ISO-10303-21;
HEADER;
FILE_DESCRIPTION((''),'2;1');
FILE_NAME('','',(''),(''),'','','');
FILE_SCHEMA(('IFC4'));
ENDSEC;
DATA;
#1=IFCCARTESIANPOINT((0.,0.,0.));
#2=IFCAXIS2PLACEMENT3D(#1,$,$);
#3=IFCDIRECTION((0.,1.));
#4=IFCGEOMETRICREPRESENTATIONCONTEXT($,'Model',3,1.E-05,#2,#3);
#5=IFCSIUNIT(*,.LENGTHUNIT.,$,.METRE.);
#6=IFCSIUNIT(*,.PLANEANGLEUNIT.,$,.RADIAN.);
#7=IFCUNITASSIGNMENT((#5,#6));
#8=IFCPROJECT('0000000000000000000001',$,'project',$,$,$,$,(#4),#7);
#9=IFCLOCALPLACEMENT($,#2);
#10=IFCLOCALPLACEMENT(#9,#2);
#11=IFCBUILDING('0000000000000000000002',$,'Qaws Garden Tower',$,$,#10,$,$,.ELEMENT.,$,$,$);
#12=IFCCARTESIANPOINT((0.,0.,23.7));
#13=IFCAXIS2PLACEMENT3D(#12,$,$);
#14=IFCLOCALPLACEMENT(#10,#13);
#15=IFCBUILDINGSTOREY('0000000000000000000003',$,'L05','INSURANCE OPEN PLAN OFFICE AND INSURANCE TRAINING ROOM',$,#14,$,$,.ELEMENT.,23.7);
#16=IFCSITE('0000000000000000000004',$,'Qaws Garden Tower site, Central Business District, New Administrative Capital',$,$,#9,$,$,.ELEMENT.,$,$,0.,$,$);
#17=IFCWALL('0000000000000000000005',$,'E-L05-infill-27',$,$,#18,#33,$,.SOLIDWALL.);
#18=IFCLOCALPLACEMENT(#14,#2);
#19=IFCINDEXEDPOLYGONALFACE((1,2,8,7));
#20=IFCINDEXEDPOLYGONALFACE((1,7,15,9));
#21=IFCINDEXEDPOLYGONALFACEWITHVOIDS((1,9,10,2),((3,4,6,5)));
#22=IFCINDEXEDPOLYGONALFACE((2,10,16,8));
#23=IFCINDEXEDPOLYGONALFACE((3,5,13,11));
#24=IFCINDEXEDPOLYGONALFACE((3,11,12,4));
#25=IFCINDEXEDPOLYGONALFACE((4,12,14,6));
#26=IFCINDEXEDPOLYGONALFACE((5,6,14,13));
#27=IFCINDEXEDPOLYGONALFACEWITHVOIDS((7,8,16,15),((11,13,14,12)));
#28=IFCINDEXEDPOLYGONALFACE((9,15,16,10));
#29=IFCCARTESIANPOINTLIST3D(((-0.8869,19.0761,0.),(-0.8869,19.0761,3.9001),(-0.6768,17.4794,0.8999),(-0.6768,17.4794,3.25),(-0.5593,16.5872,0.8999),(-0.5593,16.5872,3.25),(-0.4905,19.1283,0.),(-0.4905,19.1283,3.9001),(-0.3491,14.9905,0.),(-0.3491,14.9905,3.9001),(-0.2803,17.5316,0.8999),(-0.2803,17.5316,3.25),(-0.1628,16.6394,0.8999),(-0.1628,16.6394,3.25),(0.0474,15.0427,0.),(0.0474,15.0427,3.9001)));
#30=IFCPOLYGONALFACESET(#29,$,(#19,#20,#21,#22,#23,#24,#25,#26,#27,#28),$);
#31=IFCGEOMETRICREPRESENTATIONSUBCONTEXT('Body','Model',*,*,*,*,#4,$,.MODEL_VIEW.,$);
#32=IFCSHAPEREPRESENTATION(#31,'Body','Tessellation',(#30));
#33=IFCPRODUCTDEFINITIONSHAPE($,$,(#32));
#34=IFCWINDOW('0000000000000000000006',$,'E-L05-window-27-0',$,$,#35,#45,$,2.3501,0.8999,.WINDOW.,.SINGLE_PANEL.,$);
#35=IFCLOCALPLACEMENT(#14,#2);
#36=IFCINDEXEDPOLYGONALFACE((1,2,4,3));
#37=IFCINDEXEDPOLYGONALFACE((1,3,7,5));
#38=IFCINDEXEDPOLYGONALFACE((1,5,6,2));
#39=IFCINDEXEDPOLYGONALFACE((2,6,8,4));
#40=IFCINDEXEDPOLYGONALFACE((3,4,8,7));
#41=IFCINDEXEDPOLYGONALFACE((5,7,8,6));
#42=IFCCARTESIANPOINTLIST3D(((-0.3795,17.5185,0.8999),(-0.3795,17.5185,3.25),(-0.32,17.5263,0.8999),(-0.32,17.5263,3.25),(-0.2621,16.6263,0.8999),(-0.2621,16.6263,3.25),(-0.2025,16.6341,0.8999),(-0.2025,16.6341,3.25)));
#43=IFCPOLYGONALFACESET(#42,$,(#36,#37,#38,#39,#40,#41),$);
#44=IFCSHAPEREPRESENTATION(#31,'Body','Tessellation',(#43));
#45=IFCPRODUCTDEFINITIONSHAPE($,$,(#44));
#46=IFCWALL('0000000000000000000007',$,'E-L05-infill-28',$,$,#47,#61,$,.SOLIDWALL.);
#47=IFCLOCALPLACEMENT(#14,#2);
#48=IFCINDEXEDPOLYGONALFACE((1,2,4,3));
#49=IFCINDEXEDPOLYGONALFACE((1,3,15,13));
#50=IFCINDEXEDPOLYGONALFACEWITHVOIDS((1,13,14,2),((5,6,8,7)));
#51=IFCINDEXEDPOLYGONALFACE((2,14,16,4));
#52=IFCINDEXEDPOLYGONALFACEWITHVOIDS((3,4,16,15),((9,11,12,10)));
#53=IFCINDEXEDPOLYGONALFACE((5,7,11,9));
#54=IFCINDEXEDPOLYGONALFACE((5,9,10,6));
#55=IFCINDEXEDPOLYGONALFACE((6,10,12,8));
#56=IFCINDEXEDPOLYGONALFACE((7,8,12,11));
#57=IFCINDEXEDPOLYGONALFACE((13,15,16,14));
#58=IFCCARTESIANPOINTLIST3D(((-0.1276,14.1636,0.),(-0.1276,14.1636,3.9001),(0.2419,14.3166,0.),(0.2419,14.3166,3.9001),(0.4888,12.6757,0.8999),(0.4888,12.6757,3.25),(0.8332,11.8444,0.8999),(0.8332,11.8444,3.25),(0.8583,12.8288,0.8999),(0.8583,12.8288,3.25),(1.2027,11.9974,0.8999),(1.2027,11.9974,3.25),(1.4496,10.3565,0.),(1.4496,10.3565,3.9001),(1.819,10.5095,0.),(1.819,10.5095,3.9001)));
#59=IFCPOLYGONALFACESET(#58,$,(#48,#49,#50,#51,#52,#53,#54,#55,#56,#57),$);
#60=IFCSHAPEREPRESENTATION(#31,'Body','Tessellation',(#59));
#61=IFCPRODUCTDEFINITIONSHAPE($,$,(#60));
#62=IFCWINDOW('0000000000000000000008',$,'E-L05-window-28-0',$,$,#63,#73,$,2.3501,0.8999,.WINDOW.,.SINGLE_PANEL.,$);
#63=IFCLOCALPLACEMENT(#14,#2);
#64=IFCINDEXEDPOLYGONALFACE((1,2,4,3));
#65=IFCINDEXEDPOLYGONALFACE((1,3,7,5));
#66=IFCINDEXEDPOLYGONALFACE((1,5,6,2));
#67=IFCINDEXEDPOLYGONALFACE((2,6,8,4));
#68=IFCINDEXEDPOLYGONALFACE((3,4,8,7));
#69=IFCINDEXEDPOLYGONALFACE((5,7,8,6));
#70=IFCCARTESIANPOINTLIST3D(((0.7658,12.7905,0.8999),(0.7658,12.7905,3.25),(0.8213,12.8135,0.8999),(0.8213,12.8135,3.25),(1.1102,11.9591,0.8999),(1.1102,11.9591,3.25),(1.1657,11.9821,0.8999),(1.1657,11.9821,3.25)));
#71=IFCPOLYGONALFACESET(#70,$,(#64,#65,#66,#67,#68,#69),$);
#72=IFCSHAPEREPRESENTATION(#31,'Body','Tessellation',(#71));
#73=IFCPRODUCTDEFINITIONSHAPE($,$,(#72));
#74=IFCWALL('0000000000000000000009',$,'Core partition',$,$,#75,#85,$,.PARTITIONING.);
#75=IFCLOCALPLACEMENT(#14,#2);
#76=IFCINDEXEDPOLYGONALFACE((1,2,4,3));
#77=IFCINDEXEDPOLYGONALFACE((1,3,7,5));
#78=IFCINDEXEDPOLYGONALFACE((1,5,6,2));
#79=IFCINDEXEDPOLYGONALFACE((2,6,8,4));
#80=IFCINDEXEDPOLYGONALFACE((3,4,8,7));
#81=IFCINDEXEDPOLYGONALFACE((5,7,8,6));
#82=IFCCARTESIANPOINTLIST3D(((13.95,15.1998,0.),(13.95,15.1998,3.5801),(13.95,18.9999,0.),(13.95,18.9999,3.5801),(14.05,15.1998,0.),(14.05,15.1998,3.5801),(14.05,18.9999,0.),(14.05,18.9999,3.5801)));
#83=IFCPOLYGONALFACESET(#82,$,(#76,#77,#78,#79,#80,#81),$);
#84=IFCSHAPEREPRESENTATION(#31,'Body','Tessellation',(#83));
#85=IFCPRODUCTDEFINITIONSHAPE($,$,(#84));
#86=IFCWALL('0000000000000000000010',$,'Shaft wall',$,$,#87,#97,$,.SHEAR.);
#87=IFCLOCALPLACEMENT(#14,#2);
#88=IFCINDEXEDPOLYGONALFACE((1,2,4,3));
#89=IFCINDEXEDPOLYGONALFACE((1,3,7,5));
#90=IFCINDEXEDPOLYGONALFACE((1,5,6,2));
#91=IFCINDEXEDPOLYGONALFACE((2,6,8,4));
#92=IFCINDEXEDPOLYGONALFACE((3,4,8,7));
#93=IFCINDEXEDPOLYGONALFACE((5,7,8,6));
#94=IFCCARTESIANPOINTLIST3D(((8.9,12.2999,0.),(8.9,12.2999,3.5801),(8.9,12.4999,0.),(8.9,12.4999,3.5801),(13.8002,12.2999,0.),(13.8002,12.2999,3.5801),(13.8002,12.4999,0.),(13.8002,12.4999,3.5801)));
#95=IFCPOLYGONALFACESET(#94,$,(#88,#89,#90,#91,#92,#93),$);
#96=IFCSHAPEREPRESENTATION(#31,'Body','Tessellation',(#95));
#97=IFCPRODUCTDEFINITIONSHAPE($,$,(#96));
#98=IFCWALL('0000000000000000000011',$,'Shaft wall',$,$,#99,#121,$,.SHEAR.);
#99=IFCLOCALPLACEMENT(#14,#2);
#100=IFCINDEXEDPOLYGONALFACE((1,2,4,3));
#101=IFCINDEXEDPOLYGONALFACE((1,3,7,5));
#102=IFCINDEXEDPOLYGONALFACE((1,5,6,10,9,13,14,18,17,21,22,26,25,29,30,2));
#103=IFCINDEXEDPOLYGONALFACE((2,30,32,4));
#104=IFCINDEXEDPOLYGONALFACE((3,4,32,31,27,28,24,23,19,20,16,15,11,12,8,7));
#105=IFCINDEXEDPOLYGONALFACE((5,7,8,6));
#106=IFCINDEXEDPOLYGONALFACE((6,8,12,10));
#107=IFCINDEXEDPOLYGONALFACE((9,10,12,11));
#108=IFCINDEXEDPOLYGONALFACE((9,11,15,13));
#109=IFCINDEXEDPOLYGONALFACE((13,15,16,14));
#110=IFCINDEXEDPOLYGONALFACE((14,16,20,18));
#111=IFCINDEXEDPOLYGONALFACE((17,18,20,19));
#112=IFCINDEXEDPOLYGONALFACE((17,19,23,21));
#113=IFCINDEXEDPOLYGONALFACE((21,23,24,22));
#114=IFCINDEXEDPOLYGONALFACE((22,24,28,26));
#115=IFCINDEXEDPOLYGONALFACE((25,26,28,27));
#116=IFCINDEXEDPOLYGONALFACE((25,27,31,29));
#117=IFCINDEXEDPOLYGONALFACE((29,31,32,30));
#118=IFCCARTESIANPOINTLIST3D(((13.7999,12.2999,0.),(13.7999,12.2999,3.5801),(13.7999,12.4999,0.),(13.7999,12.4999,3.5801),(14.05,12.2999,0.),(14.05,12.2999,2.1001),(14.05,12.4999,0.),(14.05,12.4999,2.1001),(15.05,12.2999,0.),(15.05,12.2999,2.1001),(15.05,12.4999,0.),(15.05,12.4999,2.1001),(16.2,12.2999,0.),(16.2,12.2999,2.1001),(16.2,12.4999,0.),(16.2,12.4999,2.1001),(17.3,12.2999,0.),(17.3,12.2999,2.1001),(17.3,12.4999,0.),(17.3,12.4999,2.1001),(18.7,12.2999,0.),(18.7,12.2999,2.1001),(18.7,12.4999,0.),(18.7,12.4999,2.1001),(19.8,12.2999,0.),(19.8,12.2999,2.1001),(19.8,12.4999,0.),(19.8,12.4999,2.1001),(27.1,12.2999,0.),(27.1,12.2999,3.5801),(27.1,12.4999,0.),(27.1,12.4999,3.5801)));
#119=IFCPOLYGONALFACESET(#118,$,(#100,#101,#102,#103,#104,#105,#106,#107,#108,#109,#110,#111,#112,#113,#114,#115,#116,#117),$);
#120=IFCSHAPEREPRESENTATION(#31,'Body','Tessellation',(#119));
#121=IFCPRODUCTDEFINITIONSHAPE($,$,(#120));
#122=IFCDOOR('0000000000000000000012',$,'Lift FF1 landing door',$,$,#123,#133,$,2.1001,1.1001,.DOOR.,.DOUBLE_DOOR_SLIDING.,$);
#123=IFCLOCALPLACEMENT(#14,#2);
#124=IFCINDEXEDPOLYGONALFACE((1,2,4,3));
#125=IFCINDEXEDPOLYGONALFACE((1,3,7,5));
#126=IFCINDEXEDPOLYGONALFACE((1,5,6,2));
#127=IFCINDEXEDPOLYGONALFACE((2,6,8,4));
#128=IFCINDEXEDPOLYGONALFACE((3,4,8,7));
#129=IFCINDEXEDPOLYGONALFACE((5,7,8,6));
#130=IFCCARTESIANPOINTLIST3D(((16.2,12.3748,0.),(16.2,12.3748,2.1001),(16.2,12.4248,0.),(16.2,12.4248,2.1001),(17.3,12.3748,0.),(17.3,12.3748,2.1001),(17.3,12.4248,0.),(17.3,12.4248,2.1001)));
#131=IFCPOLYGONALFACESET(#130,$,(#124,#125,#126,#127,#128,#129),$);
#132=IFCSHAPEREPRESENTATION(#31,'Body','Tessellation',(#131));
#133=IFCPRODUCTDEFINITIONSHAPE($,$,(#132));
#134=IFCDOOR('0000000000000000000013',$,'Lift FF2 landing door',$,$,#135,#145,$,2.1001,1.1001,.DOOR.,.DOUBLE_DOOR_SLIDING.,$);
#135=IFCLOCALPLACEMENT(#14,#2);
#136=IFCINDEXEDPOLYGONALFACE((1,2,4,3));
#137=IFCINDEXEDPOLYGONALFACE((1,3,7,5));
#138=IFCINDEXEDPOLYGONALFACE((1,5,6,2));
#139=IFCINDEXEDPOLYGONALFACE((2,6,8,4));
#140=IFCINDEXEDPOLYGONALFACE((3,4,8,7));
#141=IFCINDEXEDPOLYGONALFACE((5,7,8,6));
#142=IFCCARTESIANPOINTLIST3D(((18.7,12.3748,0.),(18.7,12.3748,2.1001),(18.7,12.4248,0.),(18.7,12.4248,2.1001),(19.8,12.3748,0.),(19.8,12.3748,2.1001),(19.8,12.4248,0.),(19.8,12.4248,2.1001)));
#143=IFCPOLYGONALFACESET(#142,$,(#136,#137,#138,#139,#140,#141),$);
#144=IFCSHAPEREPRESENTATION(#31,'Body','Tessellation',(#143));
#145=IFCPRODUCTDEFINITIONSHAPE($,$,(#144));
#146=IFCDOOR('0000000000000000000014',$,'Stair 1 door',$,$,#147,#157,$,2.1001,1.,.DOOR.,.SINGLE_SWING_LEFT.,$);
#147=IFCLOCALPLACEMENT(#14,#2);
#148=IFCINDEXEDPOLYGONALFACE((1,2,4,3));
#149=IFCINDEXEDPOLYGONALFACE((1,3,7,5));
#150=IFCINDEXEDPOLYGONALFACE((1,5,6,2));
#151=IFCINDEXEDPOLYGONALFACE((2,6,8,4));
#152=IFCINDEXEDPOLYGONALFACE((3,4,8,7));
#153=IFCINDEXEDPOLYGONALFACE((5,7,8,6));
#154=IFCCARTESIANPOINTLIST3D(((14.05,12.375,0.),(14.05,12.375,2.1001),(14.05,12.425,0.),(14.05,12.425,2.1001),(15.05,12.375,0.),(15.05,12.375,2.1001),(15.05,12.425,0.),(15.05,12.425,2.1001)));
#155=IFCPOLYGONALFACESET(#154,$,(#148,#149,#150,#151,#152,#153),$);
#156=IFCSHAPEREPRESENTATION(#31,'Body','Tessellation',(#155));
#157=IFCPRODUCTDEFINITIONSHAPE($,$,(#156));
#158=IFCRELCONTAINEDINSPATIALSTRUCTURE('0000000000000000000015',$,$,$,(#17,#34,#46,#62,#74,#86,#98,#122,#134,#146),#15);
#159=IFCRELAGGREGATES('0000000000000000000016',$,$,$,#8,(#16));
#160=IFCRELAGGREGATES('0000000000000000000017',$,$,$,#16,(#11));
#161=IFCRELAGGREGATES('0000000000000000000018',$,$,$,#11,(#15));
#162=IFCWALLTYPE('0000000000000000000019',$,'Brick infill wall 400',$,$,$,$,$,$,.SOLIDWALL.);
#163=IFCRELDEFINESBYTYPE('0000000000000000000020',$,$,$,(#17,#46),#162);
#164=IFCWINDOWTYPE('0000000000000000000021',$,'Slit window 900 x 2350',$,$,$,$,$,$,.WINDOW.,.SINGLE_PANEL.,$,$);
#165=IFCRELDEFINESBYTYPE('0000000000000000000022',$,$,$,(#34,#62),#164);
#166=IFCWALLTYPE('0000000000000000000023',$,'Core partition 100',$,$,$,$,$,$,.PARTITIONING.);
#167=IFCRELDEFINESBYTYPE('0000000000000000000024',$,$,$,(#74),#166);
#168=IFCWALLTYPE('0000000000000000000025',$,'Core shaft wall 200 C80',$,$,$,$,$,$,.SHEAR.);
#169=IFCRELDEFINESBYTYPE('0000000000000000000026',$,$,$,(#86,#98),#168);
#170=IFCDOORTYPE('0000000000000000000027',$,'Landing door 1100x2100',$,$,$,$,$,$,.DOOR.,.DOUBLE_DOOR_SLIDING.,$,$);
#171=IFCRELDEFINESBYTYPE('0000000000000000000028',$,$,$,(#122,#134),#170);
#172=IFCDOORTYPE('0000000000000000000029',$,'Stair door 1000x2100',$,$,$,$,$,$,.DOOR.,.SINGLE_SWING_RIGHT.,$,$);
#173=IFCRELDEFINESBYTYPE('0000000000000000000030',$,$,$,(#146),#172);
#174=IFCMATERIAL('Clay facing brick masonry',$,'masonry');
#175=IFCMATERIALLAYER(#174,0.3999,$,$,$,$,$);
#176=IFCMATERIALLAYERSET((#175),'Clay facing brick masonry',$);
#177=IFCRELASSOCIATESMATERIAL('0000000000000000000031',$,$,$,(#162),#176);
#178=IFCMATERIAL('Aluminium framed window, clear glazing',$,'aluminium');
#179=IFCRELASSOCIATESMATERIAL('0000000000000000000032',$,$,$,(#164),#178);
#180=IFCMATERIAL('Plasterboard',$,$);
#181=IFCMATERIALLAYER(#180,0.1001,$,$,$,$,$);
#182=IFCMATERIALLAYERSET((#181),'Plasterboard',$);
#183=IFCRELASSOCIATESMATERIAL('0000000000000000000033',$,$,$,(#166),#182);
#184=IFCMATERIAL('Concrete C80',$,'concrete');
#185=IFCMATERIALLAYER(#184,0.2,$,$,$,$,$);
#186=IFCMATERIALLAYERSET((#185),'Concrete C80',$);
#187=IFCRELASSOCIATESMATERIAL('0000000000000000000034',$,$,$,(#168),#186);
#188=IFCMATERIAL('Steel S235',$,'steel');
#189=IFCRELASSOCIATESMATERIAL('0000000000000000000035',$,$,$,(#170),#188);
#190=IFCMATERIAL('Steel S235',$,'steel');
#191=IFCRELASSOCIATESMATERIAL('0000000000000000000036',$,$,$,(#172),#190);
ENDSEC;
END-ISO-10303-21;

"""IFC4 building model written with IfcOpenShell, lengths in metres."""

from ifc_helpers import new_model, si_unit, direction, frame, frame_2d, origin, place, context, subcontext, project, spatial, rectangle, extrude, material, layer, layer_set, type_object, element, fill, save


model = new_model("IFC4")

# Units and contexts
model_context = context("Model", 3, precision=1e-05, world=origin(), true_north=direction((0.0, 1.0)))
body_context = subcontext(model_context, "Body", "Model", "MODEL_VIEW")
ifc_project = project(units=[si_unit("LENGTHUNIT", "METRE"), si_unit("PLANEANGLEUNIT", "RADIAN")], contexts=[model_context])

# Site, building, storey
site_placement = place(None, origin())
site = spatial("IfcSite", under=ifc_project, at=site_placement, Name="Qaws Garden Tower site, Central Business District, New Administrative Capital", CompositionType="ELEMENT", RefElevation=0.0)
building_placement = place(site_placement, origin())
building = spatial("IfcBuilding", under=site, at=building_placement, Name="Qaws Garden Tower", CompositionType="ELEMENT")
storey_placement = place(building_placement, frame((0.0, 0.0, 23.7)))
storey = spatial("IfcBuildingStorey", under=building, at=storey_placement, Name="L05", Description="INSURANCE OPEN PLAN OFFICE AND INSURANCE TRAINING ROOM", CompositionType="ELEMENT", Elevation=23.7)

# Walls, openings, windows
ifc_material_1 = material(Name="Clay facing brick masonry", Category="masonry")
ifc_layer_1 = layer(ifc_material_1, 0.3999)
ifc_layer_set_1 = layer_set([ifc_layer_1], Name="Clay facing brick masonry")
wall_type_1 = type_object("IfcWallType", Name="Brick infill wall 400", PredefinedType="SOLIDWALL", material=ifc_layer_set_1)
wall_1_placement = place(storey_placement, frame((-0.6887, 19.1023, 0.0), z_axis=(0.0, 0.0, 1.0), x_axis=(0.130514, -0.991446, 0.0)))
wall_1 = element("IfcWall", 1, at=wall_1_placement, inside=storey, type_object=wall_type_1, Name="E-L05-infill-27", PredefinedType="SOLIDWALL", context=body_context, shape_type="SweptSolid", body=[
    extrude(rectangle(XDim=4.1208, YDim=0.3999, at=frame_2d((2.0605, 0.0))), origin(), (0.0, 0.0, 1.0), 3.9001),
])
opening_1_placement = place(wall_1_placement, frame((1.6106, 0.0, 0.8999)))
opening_1 = element("IfcOpeningElement", 2, at=opening_1_placement, cuts=wall_1, PredefinedType="OPENING", context=body_context, shape_type="SweptSolid", body=[
    extrude(rectangle(XDim=0.8999, YDim=2.3501, at=frame_2d((0.45, 1.175))), frame((0.0, 0.21, 0.0), z_axis=(0.0, -1.0, 0.0), x_axis=(1.0, 0.0, 0.0)), (0.0, 0.0, 1.0), 0.4199),
])
ifc_material_2 = material(Name="Aluminium framed window, clear glazing", Category="aluminium")
window_type = type_object("IfcWindowType", Name="Slit window 900 x 2350", PartitioningType="SINGLE_PANEL", PredefinedType="WINDOW", material=ifc_material_2)
window_1_placement = place(opening_1_placement, origin())
window_1 = element("IfcWindow", 3, at=window_1_placement, inside=storey, type_object=window_type, Name="E-L05-window-27-0", OverallHeight=2.3501, OverallWidth=0.8999, PartitioningType="SINGLE_PANEL", PredefinedType="WINDOW", context=body_context, shape_type="SweptSolid", body=[
    extrude(rectangle(XDim=0.8999, YDim=2.3501, at=frame_2d((0.45, 1.175))), frame((0.0, 0.1599, 0.0), z_axis=(0.0, -1.0, 0.0), x_axis=(1.0, 0.0, 0.0)), (0.0, 0.0, 1.0), 0.0601),
])
fill(opening_1, window_1)
wall_2_placement = place(storey_placement, frame((0.0571, 14.2402, 0.0), z_axis=(0.0, 0.0, 1.0), x_axis=(0.382722, -0.923864, 0.0)))
wall_2 = element("IfcWall", 4, at=wall_2_placement, inside=storey, type_object=wall_type_1, Name="E-L05-infill-28", PredefinedType="SOLIDWALL", context=body_context, shape_type="SweptSolid", body=[
    extrude(rectangle(XDim=4.1208, YDim=0.3999, at=frame_2d((2.0605, 0.0))), origin(), (0.0, 0.0, 1.0), 3.9001),
])
opening_2_placement = place(wall_2_placement, frame((1.6106, 0.0, 0.8999)))
opening_2 = element("IfcOpeningElement", 5, at=opening_2_placement, cuts=wall_2, PredefinedType="OPENING", context=body_context, shape_type="SweptSolid", body=[
    extrude(rectangle(XDim=0.8999, YDim=2.3501, at=frame_2d((0.45, 1.175))), frame((0.0, 0.21, 0.0), z_axis=(0.0, -1.0, 0.0), x_axis=(1.0, 0.0, 0.0)), (0.0, 0.0, 1.0), 0.4199),
])
window_2_placement = place(opening_2_placement, origin())
window_2 = element("IfcWindow", 6, at=window_2_placement, inside=storey, type_object=window_type, Name="E-L05-window-28-0", OverallHeight=2.3501, OverallWidth=0.8999, PartitioningType="SINGLE_PANEL", PredefinedType="WINDOW", context=body_context, shape_type="SweptSolid", body=[
    extrude(rectangle(XDim=0.8999, YDim=2.3501, at=frame_2d((0.45, 1.175))), frame((0.0, 0.1599, 0.0), z_axis=(0.0, -1.0, 0.0), x_axis=(1.0, 0.0, 0.0)), (0.0, 0.0, 1.0), 0.0601),
])
fill(opening_2, window_2)

# Walls
ifc_material_3 = material(Name="Plasterboard")
ifc_layer_2 = layer(ifc_material_3, 0.1001)
ifc_layer_set_2 = layer_set([ifc_layer_2], Name="Plasterboard")
wall_type_2 = type_object("IfcWallType", Name="Core partition 100", PredefinedType="PARTITIONING", material=ifc_layer_set_2)
wall_3_placement = place(storey_placement, frame((14.0, 15.2, 0.0), z_axis=(0.0, 0.0, 1.0), x_axis=(0.0, 1.0, 0.0)))
element("IfcWall", 7, at=wall_3_placement, inside=storey, type_object=wall_type_2, Name="Core partition", PredefinedType="PARTITIONING", context=body_context, shape_type="SweptSolid", body=[
    extrude(rectangle(XDim=3.8, YDim=0.1001, at=frame_2d((1.8999, 0.0))), origin(), (0.0, 0.0, 1.0), 3.5801),
])
ifc_material_4 = material(Name="Concrete C80", Category="concrete")
ifc_layer_3 = layer(ifc_material_4, 0.2)
ifc_layer_set_3 = layer_set([ifc_layer_3], Name="Concrete C80")
wall_type_3 = type_object("IfcWallType", Name="Core shaft wall 200 C80", PredefinedType="SHEAR", material=ifc_layer_set_3)
wall_4_placement = place(storey_placement, frame((8.8999, 12.3999, 0.0), z_axis=(0.0, 0.0, 1.0), x_axis=(1.0, 0.0, 0.0)))
element("IfcWall", 8, at=wall_4_placement, inside=storey, type_object=wall_type_3, Name="Shaft wall", PredefinedType="SHEAR", context=body_context, shape_type="SweptSolid", body=[
    extrude(rectangle(XDim=4.9001, YDim=0.2, at=frame_2d((2.4502, 0.0))), origin(), (0.0, 0.0, 1.0), 3.5801),
])

# Wall, openings, doors
wall_5_placement = place(storey_placement, frame((13.8, 12.3999, 0.0), z_axis=(0.0, 0.0, 1.0), x_axis=(1.0, 0.0, 0.0)))
wall_5 = element("IfcWall", 9, at=wall_5_placement, inside=storey, type_object=wall_type_3, Name="Shaft wall", PredefinedType="SHEAR", context=body_context, shape_type="SweptSolid", body=[
    extrude(rectangle(XDim=13.3, YDim=0.2, at=frame_2d((6.6499, 0.0))), origin(), (0.0, 0.0, 1.0), 3.5801),
])
opening_3_placement = place(wall_5_placement, frame((2.3999, 0.0, 0.0)))
opening_3 = element("IfcOpeningElement", 10, at=opening_3_placement, cuts=wall_5, PredefinedType="OPENING", context=body_context, shape_type="SweptSolid", body=[
    extrude(rectangle(XDim=1.1001, YDim=2.1001, at=frame_2d((0.55, 1.05))), frame((0.0, 0.1099, 0.0), z_axis=(0.0, -1.0, 0.0), x_axis=(1.0, 0.0, 0.0)), (0.0, 0.0, 1.0), 0.22),
])
opening_4_placement = place(wall_5_placement, frame((4.8999, 0.0, 0.0)))
opening_4 = element("IfcOpeningElement", 11, at=opening_4_placement, cuts=wall_5, PredefinedType="OPENING", context=body_context, shape_type="SweptSolid", body=[
    extrude(rectangle(XDim=1.1001, YDim=2.1001, at=frame_2d((0.55, 1.05))), frame((0.0, 0.1099, 0.0), z_axis=(0.0, -1.0, 0.0), x_axis=(1.0, 0.0, 0.0)), (0.0, 0.0, 1.0), 0.22),
])
opening_5_placement = place(wall_5_placement, frame((0.25, 0.0, 0.0)))
opening_5 = element("IfcOpeningElement", 12, at=opening_5_placement, cuts=wall_5, PredefinedType="OPENING", context=body_context, shape_type="SweptSolid", body=[
    extrude(rectangle(XDim=1.0, YDim=2.1001, at=frame_2d((0.5, 1.05))), frame((0.0, 0.1099, 0.0), z_axis=(0.0, -1.0, 0.0), x_axis=(1.0, 0.0, 0.0)), (0.0, 0.0, 1.0), 0.22),
])
ifc_material_5 = material(Name="Steel S235", Category="steel")
door_type_1 = type_object("IfcDoorType", Name="Landing door 1100x2100", OperationType="DOUBLE_DOOR_SLIDING", PredefinedType="DOOR", material=ifc_material_5)
door_1_placement = place(opening_3_placement, origin())
door_1 = element("IfcDoor", 13, at=door_1_placement, inside=storey, type_object=door_type_1, Name="Lift FF1 landing door", OperationType="DOUBLE_DOOR_SLIDING", OverallHeight=2.1001, OverallWidth=1.1001, PredefinedType="DOOR", context=body_context, shape_type="SweptSolid", body=[
    extrude(rectangle(XDim=1.1001, YDim=2.1001, at=frame_2d((0.55, 1.05))), frame((0.0, 0.0249, 0.0), z_axis=(0.0, -1.0, 0.0), x_axis=(1.0, 0.0, 0.0)), (0.0, 0.0, 1.0), 0.05),
])
fill(opening_3, door_1)
door_2_placement = place(opening_4_placement, origin())
door_2 = element("IfcDoor", 14, at=door_2_placement, inside=storey, type_object=door_type_1, Name="Lift FF2 landing door", OperationType="DOUBLE_DOOR_SLIDING", OverallHeight=2.1001, OverallWidth=1.1001, PredefinedType="DOOR", context=body_context, shape_type="SweptSolid", body=[
    extrude(rectangle(XDim=1.1001, YDim=2.1001, at=frame_2d((0.55, 1.05))), frame((0.0, 0.0249, 0.0), z_axis=(0.0, -1.0, 0.0), x_axis=(1.0, 0.0, 0.0)), (0.0, 0.0, 1.0), 0.05),
])
fill(opening_4, door_2)
ifc_material_6 = material(Name="Steel S235", Category="steel")
door_type_2 = type_object("IfcDoorType", Name="Stair door 1000x2100", OperationType="SINGLE_SWING_RIGHT", PredefinedType="DOOR", material=ifc_material_6)
door_3_placement = place(opening_5_placement, frame((1.0, 0.0, 0.0), z_axis=(0.0, 0.0, 1.0), x_axis=(-1.0, 0.0, 0.0)))
door_3 = element("IfcDoor", 15, at=door_3_placement, inside=storey, type_object=door_type_2, Name="Stair 1 door", OperationType="SINGLE_SWING_LEFT", OverallHeight=2.1001, OverallWidth=1.0, PredefinedType="DOOR", context=body_context, shape_type="SweptSolid", body=[
    extrude(rectangle(XDim=1.0, YDim=2.1001, at=frame_2d((0.5, 1.05))), frame((0.0, 0.0249, 0.0), z_axis=(0.0, -1.0, 0.0), x_axis=(1.0, 0.0, 0.0)), (0.0, 0.0, 1.0), 0.05),
])
fill(opening_5, door_3)

save(model, "model.ifc")
